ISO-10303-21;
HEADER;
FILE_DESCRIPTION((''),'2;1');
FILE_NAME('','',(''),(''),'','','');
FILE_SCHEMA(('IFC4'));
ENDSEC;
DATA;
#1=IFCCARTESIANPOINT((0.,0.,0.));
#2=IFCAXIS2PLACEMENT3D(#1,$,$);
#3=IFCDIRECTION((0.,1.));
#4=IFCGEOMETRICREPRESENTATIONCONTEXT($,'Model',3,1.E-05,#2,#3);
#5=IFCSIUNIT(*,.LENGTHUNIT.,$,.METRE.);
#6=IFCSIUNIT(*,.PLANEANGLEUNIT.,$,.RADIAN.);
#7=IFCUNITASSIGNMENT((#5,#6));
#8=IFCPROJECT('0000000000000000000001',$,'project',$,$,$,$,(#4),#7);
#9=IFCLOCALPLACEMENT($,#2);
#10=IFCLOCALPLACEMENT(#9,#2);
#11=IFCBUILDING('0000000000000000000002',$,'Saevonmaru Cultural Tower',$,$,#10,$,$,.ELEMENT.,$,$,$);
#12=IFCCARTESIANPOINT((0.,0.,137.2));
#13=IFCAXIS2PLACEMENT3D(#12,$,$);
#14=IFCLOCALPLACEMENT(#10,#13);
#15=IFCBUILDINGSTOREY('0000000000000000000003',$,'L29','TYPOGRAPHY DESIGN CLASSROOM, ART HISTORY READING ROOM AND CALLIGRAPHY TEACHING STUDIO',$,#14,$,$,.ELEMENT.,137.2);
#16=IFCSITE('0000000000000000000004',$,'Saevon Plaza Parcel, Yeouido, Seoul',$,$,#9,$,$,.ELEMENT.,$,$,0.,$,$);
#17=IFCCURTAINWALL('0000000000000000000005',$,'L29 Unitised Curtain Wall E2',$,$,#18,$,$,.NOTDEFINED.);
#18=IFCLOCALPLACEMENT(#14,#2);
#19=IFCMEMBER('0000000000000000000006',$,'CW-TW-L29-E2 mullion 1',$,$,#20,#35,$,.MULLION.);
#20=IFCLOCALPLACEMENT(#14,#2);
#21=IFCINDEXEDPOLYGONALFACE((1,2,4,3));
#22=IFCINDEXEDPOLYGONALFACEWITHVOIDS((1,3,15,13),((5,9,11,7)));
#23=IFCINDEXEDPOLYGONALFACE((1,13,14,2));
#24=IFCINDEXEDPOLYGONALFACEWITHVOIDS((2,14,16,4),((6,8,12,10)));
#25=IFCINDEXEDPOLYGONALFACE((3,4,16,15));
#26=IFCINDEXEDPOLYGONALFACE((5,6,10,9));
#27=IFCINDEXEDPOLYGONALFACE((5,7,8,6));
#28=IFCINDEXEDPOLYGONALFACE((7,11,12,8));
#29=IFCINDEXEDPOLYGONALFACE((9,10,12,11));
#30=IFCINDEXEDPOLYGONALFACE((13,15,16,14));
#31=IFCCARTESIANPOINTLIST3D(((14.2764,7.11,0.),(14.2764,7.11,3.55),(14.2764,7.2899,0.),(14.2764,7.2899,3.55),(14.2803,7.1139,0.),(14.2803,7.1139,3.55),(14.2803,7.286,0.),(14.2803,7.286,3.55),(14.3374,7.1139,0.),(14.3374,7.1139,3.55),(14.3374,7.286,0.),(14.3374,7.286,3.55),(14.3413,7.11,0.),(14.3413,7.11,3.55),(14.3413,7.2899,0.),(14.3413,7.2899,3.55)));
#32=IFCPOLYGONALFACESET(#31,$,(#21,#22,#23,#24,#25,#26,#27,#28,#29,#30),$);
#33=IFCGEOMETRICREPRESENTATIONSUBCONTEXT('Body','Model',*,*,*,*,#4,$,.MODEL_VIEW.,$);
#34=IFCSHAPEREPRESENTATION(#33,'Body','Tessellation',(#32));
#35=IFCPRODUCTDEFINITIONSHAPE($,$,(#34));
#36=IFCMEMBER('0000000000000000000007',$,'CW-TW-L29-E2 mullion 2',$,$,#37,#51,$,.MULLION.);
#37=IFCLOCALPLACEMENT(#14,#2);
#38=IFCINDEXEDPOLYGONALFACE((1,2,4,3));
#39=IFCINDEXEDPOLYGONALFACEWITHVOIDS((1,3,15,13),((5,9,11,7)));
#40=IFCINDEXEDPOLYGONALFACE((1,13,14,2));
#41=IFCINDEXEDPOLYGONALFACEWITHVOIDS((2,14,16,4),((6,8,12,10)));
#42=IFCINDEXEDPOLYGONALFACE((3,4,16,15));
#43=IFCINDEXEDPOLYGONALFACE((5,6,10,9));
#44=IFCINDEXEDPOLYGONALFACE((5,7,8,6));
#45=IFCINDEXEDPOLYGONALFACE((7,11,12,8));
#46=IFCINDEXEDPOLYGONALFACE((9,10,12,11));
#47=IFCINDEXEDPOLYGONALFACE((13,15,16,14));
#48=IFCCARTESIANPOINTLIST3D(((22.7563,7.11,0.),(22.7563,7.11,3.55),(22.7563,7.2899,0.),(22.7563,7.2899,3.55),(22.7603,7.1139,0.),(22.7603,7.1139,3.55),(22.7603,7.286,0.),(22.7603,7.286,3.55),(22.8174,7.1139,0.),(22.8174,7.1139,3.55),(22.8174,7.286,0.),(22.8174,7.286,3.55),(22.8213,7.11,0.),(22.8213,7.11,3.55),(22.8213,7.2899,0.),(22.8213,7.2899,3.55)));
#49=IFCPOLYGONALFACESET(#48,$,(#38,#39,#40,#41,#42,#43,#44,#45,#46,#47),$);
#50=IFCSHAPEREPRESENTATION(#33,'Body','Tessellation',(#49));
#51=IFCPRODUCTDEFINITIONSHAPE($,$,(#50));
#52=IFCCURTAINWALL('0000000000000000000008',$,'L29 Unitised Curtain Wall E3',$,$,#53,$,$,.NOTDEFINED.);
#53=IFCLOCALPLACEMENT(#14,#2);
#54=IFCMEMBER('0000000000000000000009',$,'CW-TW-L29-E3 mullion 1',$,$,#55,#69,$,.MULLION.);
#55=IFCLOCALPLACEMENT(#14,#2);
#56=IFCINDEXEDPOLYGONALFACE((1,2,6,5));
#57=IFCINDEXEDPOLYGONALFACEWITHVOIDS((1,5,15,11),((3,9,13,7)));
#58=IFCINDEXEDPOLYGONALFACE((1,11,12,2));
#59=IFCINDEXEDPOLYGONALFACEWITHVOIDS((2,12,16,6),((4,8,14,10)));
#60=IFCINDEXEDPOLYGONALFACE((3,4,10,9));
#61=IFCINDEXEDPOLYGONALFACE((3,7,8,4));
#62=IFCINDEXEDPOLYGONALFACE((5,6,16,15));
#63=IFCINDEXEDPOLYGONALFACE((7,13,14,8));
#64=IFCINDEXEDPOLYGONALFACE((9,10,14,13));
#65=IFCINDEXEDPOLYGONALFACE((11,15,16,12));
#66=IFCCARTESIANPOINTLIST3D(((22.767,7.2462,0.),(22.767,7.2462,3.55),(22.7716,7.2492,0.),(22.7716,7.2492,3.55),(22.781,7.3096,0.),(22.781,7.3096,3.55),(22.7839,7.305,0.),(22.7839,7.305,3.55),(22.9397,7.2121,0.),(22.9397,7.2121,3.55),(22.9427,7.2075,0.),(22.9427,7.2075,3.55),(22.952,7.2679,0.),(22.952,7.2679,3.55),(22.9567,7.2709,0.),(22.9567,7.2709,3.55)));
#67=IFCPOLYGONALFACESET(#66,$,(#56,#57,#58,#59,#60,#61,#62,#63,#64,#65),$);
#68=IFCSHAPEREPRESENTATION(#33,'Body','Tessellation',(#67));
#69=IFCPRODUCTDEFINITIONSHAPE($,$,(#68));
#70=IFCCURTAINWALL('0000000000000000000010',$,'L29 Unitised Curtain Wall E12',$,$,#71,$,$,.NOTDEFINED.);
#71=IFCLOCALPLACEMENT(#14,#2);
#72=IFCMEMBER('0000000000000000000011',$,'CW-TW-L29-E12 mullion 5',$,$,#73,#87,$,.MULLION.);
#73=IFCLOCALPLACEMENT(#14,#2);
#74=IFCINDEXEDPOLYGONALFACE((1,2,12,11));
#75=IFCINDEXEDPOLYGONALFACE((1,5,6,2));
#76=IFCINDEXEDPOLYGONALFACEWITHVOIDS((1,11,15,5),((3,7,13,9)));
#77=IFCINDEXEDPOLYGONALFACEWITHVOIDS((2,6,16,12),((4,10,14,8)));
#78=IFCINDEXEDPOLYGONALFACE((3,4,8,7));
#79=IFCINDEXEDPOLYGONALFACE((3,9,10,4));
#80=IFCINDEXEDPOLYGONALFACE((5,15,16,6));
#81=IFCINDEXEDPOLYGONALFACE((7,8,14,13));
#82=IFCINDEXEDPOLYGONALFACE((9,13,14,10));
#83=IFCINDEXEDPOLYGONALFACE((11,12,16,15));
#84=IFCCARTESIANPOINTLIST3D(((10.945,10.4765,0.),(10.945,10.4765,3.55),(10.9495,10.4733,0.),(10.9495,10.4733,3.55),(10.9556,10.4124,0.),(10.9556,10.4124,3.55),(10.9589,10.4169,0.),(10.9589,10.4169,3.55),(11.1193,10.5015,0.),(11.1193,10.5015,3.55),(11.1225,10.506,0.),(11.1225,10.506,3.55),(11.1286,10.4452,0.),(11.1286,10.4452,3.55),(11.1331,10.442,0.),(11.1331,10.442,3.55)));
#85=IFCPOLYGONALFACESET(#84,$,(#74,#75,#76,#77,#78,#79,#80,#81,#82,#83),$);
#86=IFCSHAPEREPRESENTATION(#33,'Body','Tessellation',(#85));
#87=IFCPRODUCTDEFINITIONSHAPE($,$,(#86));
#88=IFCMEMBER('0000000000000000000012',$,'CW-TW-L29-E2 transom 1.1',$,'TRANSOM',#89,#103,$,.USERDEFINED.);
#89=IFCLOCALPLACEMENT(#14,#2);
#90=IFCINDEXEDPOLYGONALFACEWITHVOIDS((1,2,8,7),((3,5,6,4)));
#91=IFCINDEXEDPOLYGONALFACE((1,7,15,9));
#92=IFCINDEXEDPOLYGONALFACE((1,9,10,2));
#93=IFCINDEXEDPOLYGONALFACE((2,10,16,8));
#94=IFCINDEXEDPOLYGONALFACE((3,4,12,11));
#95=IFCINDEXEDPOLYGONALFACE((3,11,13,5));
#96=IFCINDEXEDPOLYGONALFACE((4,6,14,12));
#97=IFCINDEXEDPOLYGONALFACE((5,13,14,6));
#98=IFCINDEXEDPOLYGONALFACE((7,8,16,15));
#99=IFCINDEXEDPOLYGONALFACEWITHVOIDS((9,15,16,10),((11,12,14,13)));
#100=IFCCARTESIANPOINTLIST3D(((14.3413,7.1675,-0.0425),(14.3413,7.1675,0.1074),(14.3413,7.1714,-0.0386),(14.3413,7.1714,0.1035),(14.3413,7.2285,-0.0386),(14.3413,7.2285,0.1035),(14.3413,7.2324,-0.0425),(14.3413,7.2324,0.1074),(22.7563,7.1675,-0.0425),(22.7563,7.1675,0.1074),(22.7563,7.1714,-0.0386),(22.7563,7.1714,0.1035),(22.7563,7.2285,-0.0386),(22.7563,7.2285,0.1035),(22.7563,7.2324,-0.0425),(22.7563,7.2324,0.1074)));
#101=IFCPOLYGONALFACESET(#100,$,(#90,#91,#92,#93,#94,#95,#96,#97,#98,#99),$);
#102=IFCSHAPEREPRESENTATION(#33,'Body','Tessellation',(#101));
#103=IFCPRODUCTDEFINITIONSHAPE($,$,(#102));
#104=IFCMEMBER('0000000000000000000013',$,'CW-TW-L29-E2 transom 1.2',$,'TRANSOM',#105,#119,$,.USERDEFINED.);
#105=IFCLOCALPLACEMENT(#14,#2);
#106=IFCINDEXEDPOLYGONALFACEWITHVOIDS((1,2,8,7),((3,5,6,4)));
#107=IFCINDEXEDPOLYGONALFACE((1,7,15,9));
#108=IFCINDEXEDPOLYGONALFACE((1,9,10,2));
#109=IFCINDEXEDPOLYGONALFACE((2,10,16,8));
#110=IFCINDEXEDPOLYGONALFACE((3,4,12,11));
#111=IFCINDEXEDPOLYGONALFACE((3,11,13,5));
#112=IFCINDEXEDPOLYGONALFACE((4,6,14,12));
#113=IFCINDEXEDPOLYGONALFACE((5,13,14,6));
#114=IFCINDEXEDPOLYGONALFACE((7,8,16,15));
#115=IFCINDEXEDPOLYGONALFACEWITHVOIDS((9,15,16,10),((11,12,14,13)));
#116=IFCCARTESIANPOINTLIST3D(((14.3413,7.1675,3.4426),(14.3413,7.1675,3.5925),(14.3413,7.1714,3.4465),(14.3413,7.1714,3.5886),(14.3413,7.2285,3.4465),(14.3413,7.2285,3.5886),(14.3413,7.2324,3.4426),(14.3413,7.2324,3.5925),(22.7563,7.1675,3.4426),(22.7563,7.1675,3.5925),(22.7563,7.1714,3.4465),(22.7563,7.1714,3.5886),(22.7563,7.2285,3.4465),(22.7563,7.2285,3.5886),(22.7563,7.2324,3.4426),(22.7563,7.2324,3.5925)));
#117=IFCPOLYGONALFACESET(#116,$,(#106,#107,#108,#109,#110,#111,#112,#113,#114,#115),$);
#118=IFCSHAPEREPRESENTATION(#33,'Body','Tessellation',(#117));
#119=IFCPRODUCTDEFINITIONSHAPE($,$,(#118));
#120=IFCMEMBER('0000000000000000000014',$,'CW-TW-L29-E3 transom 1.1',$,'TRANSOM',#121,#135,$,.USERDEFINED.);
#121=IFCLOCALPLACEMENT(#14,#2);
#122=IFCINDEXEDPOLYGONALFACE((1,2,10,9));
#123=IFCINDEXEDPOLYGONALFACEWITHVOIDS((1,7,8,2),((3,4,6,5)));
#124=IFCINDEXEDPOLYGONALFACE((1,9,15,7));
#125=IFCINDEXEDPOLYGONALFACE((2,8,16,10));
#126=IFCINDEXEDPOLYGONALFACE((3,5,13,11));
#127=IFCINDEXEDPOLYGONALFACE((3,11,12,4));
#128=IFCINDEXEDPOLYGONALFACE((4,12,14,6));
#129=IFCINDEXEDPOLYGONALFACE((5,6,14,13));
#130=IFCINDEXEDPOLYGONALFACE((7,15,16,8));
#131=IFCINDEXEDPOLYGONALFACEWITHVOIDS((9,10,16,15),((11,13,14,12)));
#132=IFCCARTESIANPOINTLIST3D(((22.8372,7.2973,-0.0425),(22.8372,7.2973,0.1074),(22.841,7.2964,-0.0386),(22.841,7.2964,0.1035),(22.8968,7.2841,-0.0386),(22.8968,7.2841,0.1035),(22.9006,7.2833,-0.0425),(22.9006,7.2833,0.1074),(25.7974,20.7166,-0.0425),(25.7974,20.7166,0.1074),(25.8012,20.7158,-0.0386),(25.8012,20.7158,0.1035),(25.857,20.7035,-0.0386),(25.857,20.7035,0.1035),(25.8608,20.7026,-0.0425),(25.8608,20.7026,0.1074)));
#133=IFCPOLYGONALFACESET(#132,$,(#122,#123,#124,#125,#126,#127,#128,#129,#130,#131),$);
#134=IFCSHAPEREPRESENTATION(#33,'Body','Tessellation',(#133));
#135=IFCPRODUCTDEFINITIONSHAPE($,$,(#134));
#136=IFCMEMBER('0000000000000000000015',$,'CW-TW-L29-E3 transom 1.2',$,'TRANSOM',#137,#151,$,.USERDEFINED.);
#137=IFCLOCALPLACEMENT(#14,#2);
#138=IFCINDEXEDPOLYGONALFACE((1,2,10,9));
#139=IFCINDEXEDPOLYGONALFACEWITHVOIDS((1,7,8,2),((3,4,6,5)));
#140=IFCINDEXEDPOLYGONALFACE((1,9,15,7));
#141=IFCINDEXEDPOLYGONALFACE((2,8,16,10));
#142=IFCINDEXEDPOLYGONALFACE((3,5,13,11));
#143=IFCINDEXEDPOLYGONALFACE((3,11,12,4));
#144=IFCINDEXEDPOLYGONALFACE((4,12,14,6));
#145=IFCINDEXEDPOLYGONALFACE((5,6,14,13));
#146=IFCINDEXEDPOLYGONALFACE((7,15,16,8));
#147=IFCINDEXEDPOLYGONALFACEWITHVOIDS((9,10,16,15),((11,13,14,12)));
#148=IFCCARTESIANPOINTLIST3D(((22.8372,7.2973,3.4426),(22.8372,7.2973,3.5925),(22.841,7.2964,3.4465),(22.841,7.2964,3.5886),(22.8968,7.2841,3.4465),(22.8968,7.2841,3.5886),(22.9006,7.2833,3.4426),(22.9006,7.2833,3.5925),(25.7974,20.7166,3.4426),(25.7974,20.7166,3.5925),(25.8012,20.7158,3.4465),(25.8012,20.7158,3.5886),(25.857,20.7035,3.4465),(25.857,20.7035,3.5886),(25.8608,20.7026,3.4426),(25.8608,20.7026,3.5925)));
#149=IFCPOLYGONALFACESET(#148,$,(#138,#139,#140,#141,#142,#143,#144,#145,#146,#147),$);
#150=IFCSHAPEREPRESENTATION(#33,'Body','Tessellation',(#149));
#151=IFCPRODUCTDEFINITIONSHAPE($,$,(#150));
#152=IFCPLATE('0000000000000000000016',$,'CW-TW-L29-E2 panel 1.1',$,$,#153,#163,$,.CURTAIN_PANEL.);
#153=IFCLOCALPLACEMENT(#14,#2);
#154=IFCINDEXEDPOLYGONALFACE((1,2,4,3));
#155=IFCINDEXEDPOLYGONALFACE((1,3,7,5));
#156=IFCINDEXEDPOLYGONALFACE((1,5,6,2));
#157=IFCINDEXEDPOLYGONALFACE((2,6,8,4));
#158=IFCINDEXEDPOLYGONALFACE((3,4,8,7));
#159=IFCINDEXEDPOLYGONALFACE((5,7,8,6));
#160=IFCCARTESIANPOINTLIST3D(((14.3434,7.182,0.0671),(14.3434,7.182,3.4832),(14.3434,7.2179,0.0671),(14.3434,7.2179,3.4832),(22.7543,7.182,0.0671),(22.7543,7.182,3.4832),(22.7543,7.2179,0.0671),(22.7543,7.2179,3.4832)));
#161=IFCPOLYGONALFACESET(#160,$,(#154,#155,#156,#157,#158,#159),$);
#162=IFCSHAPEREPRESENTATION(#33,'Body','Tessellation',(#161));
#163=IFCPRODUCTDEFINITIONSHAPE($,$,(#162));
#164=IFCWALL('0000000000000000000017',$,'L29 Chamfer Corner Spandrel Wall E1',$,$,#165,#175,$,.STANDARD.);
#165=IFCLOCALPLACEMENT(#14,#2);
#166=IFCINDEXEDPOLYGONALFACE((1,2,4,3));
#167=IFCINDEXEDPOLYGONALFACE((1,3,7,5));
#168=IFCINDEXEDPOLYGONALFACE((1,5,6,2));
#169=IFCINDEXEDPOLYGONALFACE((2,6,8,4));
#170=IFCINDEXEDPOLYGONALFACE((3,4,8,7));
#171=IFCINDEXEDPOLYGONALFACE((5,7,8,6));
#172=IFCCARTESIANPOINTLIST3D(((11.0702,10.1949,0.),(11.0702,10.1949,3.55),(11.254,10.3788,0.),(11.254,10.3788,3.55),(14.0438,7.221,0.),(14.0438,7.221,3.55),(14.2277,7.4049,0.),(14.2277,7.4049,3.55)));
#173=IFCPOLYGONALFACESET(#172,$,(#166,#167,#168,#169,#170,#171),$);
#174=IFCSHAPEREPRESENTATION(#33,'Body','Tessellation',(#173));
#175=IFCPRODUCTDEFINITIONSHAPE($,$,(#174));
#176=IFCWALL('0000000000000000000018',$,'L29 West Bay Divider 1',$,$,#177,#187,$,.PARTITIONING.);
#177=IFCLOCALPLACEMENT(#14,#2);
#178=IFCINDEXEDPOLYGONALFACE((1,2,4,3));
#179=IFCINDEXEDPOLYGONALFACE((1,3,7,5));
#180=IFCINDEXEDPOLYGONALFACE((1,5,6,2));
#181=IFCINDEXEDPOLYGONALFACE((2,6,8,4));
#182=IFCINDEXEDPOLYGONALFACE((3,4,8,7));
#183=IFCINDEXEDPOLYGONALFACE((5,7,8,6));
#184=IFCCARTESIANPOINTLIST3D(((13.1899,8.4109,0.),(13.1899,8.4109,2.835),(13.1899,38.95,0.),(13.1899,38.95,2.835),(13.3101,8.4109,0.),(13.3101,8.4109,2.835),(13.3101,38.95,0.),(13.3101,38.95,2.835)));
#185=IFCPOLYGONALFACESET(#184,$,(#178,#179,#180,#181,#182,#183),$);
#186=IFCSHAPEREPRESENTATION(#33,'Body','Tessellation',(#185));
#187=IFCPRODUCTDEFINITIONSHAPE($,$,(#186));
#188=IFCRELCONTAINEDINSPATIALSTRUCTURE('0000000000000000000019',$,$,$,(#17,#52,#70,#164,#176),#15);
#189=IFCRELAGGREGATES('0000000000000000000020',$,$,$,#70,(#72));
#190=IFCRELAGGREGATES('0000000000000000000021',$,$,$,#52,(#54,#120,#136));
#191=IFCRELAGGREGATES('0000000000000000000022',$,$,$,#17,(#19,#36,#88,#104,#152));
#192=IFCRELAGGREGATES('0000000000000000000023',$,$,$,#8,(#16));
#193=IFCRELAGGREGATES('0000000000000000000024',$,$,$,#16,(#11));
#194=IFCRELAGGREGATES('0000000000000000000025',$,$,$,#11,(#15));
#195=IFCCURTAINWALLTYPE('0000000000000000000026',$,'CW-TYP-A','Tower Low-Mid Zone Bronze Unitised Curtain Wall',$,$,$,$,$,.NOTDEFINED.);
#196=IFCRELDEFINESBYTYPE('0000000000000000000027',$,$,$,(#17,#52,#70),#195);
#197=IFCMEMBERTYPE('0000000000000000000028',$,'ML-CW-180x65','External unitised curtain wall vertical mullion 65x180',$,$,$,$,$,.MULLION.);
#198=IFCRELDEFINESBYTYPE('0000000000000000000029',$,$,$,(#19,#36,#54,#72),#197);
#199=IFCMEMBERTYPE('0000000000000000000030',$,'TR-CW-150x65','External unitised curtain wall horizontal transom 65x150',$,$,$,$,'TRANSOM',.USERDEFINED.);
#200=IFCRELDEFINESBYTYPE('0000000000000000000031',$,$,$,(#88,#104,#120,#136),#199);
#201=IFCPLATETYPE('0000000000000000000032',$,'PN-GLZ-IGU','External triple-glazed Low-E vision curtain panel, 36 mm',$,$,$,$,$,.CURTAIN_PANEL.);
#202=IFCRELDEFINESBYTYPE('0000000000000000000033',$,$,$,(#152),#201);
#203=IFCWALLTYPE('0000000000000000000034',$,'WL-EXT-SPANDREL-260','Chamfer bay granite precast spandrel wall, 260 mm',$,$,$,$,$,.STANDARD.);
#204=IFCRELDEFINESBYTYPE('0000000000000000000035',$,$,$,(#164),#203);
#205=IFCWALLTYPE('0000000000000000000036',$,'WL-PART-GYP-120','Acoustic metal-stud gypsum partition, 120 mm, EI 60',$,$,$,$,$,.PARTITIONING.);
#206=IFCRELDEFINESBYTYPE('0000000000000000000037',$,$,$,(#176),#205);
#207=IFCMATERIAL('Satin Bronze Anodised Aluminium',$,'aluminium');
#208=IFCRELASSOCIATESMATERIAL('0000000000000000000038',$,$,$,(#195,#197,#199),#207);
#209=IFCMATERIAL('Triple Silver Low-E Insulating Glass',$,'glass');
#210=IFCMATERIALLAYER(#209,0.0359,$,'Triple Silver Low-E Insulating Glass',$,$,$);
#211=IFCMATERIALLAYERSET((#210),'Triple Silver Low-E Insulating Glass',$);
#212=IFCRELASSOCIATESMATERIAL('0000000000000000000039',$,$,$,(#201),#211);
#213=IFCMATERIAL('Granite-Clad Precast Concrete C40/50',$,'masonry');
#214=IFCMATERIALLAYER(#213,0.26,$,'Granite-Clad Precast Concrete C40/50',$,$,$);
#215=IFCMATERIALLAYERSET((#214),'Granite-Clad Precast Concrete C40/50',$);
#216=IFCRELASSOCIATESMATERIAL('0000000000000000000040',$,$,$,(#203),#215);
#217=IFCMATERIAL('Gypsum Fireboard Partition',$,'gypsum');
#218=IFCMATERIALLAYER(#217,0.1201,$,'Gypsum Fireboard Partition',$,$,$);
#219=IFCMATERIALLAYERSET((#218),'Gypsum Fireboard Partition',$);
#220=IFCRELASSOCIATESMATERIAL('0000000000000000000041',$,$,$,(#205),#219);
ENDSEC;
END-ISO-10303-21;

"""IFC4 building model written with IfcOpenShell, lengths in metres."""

from ifc_helpers import new_model, si_unit, direction, frame, frame_2d, origin, origin_2d, place, context, subcontext, project, spatial, rectangle, hollow_rectangle, extrude, material, layer, layer_set, material_profile, profile_set, type_object, element, aggregate, save


model = new_model("IFC4")

# Units and contexts
model_context = context("Model", 3, precision=1e-05, world=origin(), true_north=direction((0.0, 1.0)))
body_context = subcontext(model_context, "Body", "Model", "MODEL_VIEW")
ifc_project = project(units=[si_unit("LENGTHUNIT", "METRE"), si_unit("PLANEANGLEUNIT", "RADIAN")], contexts=[model_context])

# Site, building, storey
site_placement = place(None, origin())
site = spatial("IfcSite", under=ifc_project, at=site_placement, Name="Saevon Plaza Parcel, Yeouido, Seoul", CompositionType="ELEMENT", RefElevation=0.0)
building_placement = place(site_placement, origin())
building = spatial("IfcBuilding", under=site, at=building_placement, Name="Saevonmaru Cultural Tower", CompositionType="ELEMENT")
storey_placement = place(building_placement, frame((0.0, 0.0, 137.2)))
storey = spatial("IfcBuildingStorey", under=building, at=storey_placement, Name="L29", Description="TYPOGRAPHY DESIGN CLASSROOM, ART HISTORY READING ROOM AND CALLIGRAPHY TEACHING STUDIO", CompositionType="ELEMENT", Elevation=137.2)

# Curtain wall, members
ifc_material_1 = material(Name="Satin Bronze Anodised Aluminium", Category="aluminium")
curtain_wall_type = type_object("IfcCurtainWallType", Name="CW-TYP-A", Description="Tower Low-Mid Zone Bronze Unitised Curtain Wall", PredefinedType="NOTDEFINED", material=ifc_material_1)
curtain_wall_1_placement = place(storey_placement, origin())
curtain_wall_1 = element("IfcCurtainWall", 1, at=curtain_wall_1_placement, inside=storey, type_object=curtain_wall_type, Name="L29 Unitised Curtain Wall E2", PredefinedType="NOTDEFINED")
ifc_material_profile_1 = material_profile(ifc_material_1, hollow_rectangle(XDim=0.0649, YDim=0.1799, WallThickness=0.0039, at=origin_2d()), Name="ALU-MULL-180x65x4")
ifc_profile_set_1 = profile_set([ifc_material_profile_1], Name="Satin Bronze Anodised Aluminium")
member_type_1 = type_object("IfcMemberType", Name="ML-CW-180x65", Description="External unitised curtain wall vertical mullion 65x180", PredefinedType="MULLION", material=ifc_profile_set_1)
member_1_placement = place(storey_placement, frame((14.3088, 7.2, 0.0), z_axis=(0.0, 0.0, 1.0), x_axis=(1.0, 0.0, 0.0)))
member_1 = element("IfcMember", 2, at=member_1_placement, type_object=member_type_1, Name="CW-TW-L29-E2 mullion 1", PredefinedType="MULLION", context=body_context, shape_type="SweptSolid", body=[
    extrude(hollow_rectangle(XDim=0.0649, YDim=0.1799, WallThickness=0.0039, at=origin_2d()), origin(), (0.0, 0.0, 1.0), 3.55),
])
member_2_placement = place(storey_placement, frame((22.7888, 7.2, 0.0), z_axis=(0.0, 0.0, 1.0), x_axis=(1.0, 0.0, 0.0)))
member_2 = element("IfcMember", 3, at=member_2_placement, type_object=member_type_1, Name="CW-TW-L29-E2 mullion 2", PredefinedType="MULLION", context=body_context, shape_type="SweptSolid", body=[
    extrude(hollow_rectangle(XDim=0.0649, YDim=0.1799, WallThickness=0.0039, at=origin_2d()), origin(), (0.0, 0.0, 1.0), 3.55),
])

# Curtain walls, members
curtain_wall_2_placement = place(storey_placement, origin())
curtain_wall_2 = element("IfcCurtainWall", 4, at=curtain_wall_2_placement, inside=storey, type_object=curtain_wall_type, Name="L29 Unitised Curtain Wall E3", PredefinedType="NOTDEFINED")
member_3_placement = place(storey_placement, frame((22.8618, 7.2585, 0.0), z_axis=(0.0, 0.0, 1.0), x_axis=(0.215413, 0.976523, 0.0)))
member_3 = element("IfcMember", 5, at=member_3_placement, type_object=member_type_1, Name="CW-TW-L29-E3 mullion 1", PredefinedType="MULLION", context=body_context, shape_type="SweptSolid", body=[
    extrude(hollow_rectangle(XDim=0.0649, YDim=0.1799, WallThickness=0.0039, at=origin_2d()), origin(), (0.0, 0.0, 1.0), 3.55),
])
curtain_wall_3_placement = place(storey_placement, origin())
curtain_wall_3 = element("IfcCurtainWall", 6, at=curtain_wall_3_placement, inside=storey, type_object=curtain_wall_type, Name="L29 Unitised Curtain Wall E12", PredefinedType="NOTDEFINED")
member_4_placement = place(storey_placement, frame((11.0391, 10.4592, 0.0), z_axis=(0.0, 0.0, 1.0), x_axis=(0.163999, -0.986461, 0.0)))
member_4 = element("IfcMember", 7, at=member_4_placement, type_object=member_type_1, Name="CW-TW-L29-E12 mullion 5", PredefinedType="MULLION", context=body_context, shape_type="SweptSolid", body=[
    extrude(hollow_rectangle(XDim=0.0649, YDim=0.1799, WallThickness=0.0039, at=origin_2d()), origin(), (0.0, 0.0, 1.0), 3.55),
])
aggregate(curtain_wall_3, [member_4])

# Members
ifc_material_profile_2 = material_profile(ifc_material_1, hollow_rectangle(XDim=0.0649, YDim=0.1499, WallThickness=0.0039, at=origin_2d()), Name="ALU-TRAN-150x65x4")
ifc_profile_set_2 = profile_set([ifc_material_profile_2], Name="Satin Bronze Anodised Aluminium")
member_type_2 = type_object("IfcMemberType", Name="TR-CW-150x65", Description="External unitised curtain wall horizontal transom 65x150", ElementType="TRANSOM", PredefinedType="USERDEFINED", material=ifc_profile_set_2)
member_5_placement = place(storey_placement, frame((14.3413, 7.2, 0.0325), z_axis=(1.0, 0.0, 0.0), x_axis=(0.0, 1.0, 0.0)))
member_5 = element("IfcMember", 8, at=member_5_placement, type_object=member_type_2, Name="CW-TW-L29-E2 transom 1.1", ObjectType="TRANSOM", PredefinedType="USERDEFINED", context=body_context, shape_type="SweptSolid", body=[
    extrude(hollow_rectangle(XDim=0.0649, YDim=0.1499, WallThickness=0.0039, at=origin_2d()), origin(), (0.0, 0.0, 1.0), 8.415),
])
member_6_placement = place(storey_placement, frame((14.3413, 7.2, 3.5176), z_axis=(1.0, 0.0, 0.0), x_axis=(0.0, 1.0, 0.0)))
member_6 = element("IfcMember", 9, at=member_6_placement, type_object=member_type_2, Name="CW-TW-L29-E2 transom 1.2", ObjectType="TRANSOM", PredefinedType="USERDEFINED", context=body_context, shape_type="SweptSolid", body=[
    extrude(hollow_rectangle(XDim=0.0649, YDim=0.1499, WallThickness=0.0039, at=origin_2d()), origin(), (0.0, 0.0, 1.0), 8.415),
])
member_7_placement = place(storey_placement, frame((22.8689, 7.2903, 0.0325), z_axis=(0.215412, 0.976523, 0.0), x_axis=(-0.976523, 0.215412, 0.0)))
member_7 = element("IfcMember", 10, at=member_7_placement, type_object=member_type_2, Name="CW-TW-L29-E3 transom 1.1", ObjectType="TRANSOM", PredefinedType="USERDEFINED", context=body_context, shape_type="SweptSolid", body=[
    extrude(hollow_rectangle(XDim=0.0649, YDim=0.1499, WallThickness=0.0039, at=origin_2d()), origin(), (0.0, 0.0, 1.0), 13.7419),
])
member_8_placement = place(storey_placement, frame((22.8689, 7.2903, 3.5176), z_axis=(0.215412, 0.976523, 0.0), x_axis=(-0.976523, 0.215412, 0.0)))
member_8 = element("IfcMember", 11, at=member_8_placement, type_object=member_type_2, Name="CW-TW-L29-E3 transom 1.2", ObjectType="TRANSOM", PredefinedType="USERDEFINED", context=body_context, shape_type="SweptSolid", body=[
    extrude(hollow_rectangle(XDim=0.0649, YDim=0.1499, WallThickness=0.0039, at=origin_2d()), origin(), (0.0, 0.0, 1.0), 13.7419),
])
aggregate(curtain_wall_2, [member_3, member_7, member_8])

# Plate
ifc_material_2 = material(Name="Triple Silver Low-E Insulating Glass", Category="glass")
ifc_layer_1 = layer(ifc_material_2, 0.0359, Name="Triple Silver Low-E Insulating Glass")
ifc_layer_set_1 = layer_set([ifc_layer_1], Name="Triple Silver Low-E Insulating Glass")
plate_type = type_object("IfcPlateType", Name="PN-GLZ-IGU", Description="External triple-glazed Low-E vision curtain panel, 36 mm", PredefinedType="CURTAIN_PANEL", material=ifc_layer_set_1)
plate_placement = place(storey_placement, frame((18.5488, 7.2, 0.0671), z_axis=(0.0, 0.0, 1.0), x_axis=(1.0, 0.0, 0.0)))
plate = element("IfcPlate", 12, at=plate_placement, type_object=plate_type, Name="CW-TW-L29-E2 panel 1.1", PredefinedType="CURTAIN_PANEL", context=body_context, shape_type="SweptSolid", body=[
    extrude(rectangle(XDim=8.4109, YDim=0.0359, at=origin_2d()), origin(), (0.0, 0.0, 1.0), 3.416),
])
aggregate(curtain_wall_1, [member_1, member_2, member_5, member_6, plate])

# Walls
ifc_material_3 = material(Name="Granite-Clad Precast Concrete C40/50", Category="masonry")
ifc_layer_2 = layer(ifc_material_3, 0.26, Name="Granite-Clad Precast Concrete C40/50")
ifc_layer_set_2 = layer_set([ifc_layer_2], Name="Granite-Clad Precast Concrete C40/50")
wall_type_1 = type_object("IfcWallType", Name="WL-EXT-SPANDREL-260", Description="Chamfer bay granite precast spandrel wall, 260 mm", PredefinedType="STANDARD", material=ifc_layer_set_2)
wall_1_placement = place(storey_placement, frame((11.1621, 10.2869, 0.0), z_axis=(0.0, 0.0, 1.0), x_axis=(0.707078, -0.707136, 0.0)))
element("IfcWall", 13, at=wall_1_placement, inside=storey, type_object=wall_type_1, Name="L29 Chamfer Corner Spandrel Wall E1", PredefinedType="STANDARD", context=body_context, shape_type="SweptSolid", body=[
    extrude(rectangle(XDim=4.2056, YDim=0.26, at=frame_2d((2.1028, 0.0))), origin(), (0.0, 0.0, 1.0), 3.55),
])
ifc_material_4 = material(Name="Gypsum Fireboard Partition", Category="gypsum")
ifc_layer_3 = layer(ifc_material_4, 0.1201, Name="Gypsum Fireboard Partition")
ifc_layer_set_3 = layer_set([ifc_layer_3], Name="Gypsum Fireboard Partition")
wall_type_2 = type_object("IfcWallType", Name="WL-PART-GYP-120", Description="Acoustic metal-stud gypsum partition, 120 mm, EI 60", PredefinedType="PARTITIONING", material=ifc_layer_set_3)
wall_2_placement = place(storey_placement, frame((13.25, 8.4109, 0.0), z_axis=(0.0, 0.0, 1.0), x_axis=(0.0, 1.0, 0.0)))
element("IfcWall", 14, at=wall_2_placement, inside=storey, type_object=wall_type_2, Name="L29 West Bay Divider 1", PredefinedType="PARTITIONING", context=body_context, shape_type="SweptSolid", body=[
    extrude(rectangle(XDim=30.5391, YDim=0.1201, at=frame_2d((15.2695, 0.0))), origin(), (0.0, 0.0, 1.0), 2.835),
])

save(model, "model.ifc")
